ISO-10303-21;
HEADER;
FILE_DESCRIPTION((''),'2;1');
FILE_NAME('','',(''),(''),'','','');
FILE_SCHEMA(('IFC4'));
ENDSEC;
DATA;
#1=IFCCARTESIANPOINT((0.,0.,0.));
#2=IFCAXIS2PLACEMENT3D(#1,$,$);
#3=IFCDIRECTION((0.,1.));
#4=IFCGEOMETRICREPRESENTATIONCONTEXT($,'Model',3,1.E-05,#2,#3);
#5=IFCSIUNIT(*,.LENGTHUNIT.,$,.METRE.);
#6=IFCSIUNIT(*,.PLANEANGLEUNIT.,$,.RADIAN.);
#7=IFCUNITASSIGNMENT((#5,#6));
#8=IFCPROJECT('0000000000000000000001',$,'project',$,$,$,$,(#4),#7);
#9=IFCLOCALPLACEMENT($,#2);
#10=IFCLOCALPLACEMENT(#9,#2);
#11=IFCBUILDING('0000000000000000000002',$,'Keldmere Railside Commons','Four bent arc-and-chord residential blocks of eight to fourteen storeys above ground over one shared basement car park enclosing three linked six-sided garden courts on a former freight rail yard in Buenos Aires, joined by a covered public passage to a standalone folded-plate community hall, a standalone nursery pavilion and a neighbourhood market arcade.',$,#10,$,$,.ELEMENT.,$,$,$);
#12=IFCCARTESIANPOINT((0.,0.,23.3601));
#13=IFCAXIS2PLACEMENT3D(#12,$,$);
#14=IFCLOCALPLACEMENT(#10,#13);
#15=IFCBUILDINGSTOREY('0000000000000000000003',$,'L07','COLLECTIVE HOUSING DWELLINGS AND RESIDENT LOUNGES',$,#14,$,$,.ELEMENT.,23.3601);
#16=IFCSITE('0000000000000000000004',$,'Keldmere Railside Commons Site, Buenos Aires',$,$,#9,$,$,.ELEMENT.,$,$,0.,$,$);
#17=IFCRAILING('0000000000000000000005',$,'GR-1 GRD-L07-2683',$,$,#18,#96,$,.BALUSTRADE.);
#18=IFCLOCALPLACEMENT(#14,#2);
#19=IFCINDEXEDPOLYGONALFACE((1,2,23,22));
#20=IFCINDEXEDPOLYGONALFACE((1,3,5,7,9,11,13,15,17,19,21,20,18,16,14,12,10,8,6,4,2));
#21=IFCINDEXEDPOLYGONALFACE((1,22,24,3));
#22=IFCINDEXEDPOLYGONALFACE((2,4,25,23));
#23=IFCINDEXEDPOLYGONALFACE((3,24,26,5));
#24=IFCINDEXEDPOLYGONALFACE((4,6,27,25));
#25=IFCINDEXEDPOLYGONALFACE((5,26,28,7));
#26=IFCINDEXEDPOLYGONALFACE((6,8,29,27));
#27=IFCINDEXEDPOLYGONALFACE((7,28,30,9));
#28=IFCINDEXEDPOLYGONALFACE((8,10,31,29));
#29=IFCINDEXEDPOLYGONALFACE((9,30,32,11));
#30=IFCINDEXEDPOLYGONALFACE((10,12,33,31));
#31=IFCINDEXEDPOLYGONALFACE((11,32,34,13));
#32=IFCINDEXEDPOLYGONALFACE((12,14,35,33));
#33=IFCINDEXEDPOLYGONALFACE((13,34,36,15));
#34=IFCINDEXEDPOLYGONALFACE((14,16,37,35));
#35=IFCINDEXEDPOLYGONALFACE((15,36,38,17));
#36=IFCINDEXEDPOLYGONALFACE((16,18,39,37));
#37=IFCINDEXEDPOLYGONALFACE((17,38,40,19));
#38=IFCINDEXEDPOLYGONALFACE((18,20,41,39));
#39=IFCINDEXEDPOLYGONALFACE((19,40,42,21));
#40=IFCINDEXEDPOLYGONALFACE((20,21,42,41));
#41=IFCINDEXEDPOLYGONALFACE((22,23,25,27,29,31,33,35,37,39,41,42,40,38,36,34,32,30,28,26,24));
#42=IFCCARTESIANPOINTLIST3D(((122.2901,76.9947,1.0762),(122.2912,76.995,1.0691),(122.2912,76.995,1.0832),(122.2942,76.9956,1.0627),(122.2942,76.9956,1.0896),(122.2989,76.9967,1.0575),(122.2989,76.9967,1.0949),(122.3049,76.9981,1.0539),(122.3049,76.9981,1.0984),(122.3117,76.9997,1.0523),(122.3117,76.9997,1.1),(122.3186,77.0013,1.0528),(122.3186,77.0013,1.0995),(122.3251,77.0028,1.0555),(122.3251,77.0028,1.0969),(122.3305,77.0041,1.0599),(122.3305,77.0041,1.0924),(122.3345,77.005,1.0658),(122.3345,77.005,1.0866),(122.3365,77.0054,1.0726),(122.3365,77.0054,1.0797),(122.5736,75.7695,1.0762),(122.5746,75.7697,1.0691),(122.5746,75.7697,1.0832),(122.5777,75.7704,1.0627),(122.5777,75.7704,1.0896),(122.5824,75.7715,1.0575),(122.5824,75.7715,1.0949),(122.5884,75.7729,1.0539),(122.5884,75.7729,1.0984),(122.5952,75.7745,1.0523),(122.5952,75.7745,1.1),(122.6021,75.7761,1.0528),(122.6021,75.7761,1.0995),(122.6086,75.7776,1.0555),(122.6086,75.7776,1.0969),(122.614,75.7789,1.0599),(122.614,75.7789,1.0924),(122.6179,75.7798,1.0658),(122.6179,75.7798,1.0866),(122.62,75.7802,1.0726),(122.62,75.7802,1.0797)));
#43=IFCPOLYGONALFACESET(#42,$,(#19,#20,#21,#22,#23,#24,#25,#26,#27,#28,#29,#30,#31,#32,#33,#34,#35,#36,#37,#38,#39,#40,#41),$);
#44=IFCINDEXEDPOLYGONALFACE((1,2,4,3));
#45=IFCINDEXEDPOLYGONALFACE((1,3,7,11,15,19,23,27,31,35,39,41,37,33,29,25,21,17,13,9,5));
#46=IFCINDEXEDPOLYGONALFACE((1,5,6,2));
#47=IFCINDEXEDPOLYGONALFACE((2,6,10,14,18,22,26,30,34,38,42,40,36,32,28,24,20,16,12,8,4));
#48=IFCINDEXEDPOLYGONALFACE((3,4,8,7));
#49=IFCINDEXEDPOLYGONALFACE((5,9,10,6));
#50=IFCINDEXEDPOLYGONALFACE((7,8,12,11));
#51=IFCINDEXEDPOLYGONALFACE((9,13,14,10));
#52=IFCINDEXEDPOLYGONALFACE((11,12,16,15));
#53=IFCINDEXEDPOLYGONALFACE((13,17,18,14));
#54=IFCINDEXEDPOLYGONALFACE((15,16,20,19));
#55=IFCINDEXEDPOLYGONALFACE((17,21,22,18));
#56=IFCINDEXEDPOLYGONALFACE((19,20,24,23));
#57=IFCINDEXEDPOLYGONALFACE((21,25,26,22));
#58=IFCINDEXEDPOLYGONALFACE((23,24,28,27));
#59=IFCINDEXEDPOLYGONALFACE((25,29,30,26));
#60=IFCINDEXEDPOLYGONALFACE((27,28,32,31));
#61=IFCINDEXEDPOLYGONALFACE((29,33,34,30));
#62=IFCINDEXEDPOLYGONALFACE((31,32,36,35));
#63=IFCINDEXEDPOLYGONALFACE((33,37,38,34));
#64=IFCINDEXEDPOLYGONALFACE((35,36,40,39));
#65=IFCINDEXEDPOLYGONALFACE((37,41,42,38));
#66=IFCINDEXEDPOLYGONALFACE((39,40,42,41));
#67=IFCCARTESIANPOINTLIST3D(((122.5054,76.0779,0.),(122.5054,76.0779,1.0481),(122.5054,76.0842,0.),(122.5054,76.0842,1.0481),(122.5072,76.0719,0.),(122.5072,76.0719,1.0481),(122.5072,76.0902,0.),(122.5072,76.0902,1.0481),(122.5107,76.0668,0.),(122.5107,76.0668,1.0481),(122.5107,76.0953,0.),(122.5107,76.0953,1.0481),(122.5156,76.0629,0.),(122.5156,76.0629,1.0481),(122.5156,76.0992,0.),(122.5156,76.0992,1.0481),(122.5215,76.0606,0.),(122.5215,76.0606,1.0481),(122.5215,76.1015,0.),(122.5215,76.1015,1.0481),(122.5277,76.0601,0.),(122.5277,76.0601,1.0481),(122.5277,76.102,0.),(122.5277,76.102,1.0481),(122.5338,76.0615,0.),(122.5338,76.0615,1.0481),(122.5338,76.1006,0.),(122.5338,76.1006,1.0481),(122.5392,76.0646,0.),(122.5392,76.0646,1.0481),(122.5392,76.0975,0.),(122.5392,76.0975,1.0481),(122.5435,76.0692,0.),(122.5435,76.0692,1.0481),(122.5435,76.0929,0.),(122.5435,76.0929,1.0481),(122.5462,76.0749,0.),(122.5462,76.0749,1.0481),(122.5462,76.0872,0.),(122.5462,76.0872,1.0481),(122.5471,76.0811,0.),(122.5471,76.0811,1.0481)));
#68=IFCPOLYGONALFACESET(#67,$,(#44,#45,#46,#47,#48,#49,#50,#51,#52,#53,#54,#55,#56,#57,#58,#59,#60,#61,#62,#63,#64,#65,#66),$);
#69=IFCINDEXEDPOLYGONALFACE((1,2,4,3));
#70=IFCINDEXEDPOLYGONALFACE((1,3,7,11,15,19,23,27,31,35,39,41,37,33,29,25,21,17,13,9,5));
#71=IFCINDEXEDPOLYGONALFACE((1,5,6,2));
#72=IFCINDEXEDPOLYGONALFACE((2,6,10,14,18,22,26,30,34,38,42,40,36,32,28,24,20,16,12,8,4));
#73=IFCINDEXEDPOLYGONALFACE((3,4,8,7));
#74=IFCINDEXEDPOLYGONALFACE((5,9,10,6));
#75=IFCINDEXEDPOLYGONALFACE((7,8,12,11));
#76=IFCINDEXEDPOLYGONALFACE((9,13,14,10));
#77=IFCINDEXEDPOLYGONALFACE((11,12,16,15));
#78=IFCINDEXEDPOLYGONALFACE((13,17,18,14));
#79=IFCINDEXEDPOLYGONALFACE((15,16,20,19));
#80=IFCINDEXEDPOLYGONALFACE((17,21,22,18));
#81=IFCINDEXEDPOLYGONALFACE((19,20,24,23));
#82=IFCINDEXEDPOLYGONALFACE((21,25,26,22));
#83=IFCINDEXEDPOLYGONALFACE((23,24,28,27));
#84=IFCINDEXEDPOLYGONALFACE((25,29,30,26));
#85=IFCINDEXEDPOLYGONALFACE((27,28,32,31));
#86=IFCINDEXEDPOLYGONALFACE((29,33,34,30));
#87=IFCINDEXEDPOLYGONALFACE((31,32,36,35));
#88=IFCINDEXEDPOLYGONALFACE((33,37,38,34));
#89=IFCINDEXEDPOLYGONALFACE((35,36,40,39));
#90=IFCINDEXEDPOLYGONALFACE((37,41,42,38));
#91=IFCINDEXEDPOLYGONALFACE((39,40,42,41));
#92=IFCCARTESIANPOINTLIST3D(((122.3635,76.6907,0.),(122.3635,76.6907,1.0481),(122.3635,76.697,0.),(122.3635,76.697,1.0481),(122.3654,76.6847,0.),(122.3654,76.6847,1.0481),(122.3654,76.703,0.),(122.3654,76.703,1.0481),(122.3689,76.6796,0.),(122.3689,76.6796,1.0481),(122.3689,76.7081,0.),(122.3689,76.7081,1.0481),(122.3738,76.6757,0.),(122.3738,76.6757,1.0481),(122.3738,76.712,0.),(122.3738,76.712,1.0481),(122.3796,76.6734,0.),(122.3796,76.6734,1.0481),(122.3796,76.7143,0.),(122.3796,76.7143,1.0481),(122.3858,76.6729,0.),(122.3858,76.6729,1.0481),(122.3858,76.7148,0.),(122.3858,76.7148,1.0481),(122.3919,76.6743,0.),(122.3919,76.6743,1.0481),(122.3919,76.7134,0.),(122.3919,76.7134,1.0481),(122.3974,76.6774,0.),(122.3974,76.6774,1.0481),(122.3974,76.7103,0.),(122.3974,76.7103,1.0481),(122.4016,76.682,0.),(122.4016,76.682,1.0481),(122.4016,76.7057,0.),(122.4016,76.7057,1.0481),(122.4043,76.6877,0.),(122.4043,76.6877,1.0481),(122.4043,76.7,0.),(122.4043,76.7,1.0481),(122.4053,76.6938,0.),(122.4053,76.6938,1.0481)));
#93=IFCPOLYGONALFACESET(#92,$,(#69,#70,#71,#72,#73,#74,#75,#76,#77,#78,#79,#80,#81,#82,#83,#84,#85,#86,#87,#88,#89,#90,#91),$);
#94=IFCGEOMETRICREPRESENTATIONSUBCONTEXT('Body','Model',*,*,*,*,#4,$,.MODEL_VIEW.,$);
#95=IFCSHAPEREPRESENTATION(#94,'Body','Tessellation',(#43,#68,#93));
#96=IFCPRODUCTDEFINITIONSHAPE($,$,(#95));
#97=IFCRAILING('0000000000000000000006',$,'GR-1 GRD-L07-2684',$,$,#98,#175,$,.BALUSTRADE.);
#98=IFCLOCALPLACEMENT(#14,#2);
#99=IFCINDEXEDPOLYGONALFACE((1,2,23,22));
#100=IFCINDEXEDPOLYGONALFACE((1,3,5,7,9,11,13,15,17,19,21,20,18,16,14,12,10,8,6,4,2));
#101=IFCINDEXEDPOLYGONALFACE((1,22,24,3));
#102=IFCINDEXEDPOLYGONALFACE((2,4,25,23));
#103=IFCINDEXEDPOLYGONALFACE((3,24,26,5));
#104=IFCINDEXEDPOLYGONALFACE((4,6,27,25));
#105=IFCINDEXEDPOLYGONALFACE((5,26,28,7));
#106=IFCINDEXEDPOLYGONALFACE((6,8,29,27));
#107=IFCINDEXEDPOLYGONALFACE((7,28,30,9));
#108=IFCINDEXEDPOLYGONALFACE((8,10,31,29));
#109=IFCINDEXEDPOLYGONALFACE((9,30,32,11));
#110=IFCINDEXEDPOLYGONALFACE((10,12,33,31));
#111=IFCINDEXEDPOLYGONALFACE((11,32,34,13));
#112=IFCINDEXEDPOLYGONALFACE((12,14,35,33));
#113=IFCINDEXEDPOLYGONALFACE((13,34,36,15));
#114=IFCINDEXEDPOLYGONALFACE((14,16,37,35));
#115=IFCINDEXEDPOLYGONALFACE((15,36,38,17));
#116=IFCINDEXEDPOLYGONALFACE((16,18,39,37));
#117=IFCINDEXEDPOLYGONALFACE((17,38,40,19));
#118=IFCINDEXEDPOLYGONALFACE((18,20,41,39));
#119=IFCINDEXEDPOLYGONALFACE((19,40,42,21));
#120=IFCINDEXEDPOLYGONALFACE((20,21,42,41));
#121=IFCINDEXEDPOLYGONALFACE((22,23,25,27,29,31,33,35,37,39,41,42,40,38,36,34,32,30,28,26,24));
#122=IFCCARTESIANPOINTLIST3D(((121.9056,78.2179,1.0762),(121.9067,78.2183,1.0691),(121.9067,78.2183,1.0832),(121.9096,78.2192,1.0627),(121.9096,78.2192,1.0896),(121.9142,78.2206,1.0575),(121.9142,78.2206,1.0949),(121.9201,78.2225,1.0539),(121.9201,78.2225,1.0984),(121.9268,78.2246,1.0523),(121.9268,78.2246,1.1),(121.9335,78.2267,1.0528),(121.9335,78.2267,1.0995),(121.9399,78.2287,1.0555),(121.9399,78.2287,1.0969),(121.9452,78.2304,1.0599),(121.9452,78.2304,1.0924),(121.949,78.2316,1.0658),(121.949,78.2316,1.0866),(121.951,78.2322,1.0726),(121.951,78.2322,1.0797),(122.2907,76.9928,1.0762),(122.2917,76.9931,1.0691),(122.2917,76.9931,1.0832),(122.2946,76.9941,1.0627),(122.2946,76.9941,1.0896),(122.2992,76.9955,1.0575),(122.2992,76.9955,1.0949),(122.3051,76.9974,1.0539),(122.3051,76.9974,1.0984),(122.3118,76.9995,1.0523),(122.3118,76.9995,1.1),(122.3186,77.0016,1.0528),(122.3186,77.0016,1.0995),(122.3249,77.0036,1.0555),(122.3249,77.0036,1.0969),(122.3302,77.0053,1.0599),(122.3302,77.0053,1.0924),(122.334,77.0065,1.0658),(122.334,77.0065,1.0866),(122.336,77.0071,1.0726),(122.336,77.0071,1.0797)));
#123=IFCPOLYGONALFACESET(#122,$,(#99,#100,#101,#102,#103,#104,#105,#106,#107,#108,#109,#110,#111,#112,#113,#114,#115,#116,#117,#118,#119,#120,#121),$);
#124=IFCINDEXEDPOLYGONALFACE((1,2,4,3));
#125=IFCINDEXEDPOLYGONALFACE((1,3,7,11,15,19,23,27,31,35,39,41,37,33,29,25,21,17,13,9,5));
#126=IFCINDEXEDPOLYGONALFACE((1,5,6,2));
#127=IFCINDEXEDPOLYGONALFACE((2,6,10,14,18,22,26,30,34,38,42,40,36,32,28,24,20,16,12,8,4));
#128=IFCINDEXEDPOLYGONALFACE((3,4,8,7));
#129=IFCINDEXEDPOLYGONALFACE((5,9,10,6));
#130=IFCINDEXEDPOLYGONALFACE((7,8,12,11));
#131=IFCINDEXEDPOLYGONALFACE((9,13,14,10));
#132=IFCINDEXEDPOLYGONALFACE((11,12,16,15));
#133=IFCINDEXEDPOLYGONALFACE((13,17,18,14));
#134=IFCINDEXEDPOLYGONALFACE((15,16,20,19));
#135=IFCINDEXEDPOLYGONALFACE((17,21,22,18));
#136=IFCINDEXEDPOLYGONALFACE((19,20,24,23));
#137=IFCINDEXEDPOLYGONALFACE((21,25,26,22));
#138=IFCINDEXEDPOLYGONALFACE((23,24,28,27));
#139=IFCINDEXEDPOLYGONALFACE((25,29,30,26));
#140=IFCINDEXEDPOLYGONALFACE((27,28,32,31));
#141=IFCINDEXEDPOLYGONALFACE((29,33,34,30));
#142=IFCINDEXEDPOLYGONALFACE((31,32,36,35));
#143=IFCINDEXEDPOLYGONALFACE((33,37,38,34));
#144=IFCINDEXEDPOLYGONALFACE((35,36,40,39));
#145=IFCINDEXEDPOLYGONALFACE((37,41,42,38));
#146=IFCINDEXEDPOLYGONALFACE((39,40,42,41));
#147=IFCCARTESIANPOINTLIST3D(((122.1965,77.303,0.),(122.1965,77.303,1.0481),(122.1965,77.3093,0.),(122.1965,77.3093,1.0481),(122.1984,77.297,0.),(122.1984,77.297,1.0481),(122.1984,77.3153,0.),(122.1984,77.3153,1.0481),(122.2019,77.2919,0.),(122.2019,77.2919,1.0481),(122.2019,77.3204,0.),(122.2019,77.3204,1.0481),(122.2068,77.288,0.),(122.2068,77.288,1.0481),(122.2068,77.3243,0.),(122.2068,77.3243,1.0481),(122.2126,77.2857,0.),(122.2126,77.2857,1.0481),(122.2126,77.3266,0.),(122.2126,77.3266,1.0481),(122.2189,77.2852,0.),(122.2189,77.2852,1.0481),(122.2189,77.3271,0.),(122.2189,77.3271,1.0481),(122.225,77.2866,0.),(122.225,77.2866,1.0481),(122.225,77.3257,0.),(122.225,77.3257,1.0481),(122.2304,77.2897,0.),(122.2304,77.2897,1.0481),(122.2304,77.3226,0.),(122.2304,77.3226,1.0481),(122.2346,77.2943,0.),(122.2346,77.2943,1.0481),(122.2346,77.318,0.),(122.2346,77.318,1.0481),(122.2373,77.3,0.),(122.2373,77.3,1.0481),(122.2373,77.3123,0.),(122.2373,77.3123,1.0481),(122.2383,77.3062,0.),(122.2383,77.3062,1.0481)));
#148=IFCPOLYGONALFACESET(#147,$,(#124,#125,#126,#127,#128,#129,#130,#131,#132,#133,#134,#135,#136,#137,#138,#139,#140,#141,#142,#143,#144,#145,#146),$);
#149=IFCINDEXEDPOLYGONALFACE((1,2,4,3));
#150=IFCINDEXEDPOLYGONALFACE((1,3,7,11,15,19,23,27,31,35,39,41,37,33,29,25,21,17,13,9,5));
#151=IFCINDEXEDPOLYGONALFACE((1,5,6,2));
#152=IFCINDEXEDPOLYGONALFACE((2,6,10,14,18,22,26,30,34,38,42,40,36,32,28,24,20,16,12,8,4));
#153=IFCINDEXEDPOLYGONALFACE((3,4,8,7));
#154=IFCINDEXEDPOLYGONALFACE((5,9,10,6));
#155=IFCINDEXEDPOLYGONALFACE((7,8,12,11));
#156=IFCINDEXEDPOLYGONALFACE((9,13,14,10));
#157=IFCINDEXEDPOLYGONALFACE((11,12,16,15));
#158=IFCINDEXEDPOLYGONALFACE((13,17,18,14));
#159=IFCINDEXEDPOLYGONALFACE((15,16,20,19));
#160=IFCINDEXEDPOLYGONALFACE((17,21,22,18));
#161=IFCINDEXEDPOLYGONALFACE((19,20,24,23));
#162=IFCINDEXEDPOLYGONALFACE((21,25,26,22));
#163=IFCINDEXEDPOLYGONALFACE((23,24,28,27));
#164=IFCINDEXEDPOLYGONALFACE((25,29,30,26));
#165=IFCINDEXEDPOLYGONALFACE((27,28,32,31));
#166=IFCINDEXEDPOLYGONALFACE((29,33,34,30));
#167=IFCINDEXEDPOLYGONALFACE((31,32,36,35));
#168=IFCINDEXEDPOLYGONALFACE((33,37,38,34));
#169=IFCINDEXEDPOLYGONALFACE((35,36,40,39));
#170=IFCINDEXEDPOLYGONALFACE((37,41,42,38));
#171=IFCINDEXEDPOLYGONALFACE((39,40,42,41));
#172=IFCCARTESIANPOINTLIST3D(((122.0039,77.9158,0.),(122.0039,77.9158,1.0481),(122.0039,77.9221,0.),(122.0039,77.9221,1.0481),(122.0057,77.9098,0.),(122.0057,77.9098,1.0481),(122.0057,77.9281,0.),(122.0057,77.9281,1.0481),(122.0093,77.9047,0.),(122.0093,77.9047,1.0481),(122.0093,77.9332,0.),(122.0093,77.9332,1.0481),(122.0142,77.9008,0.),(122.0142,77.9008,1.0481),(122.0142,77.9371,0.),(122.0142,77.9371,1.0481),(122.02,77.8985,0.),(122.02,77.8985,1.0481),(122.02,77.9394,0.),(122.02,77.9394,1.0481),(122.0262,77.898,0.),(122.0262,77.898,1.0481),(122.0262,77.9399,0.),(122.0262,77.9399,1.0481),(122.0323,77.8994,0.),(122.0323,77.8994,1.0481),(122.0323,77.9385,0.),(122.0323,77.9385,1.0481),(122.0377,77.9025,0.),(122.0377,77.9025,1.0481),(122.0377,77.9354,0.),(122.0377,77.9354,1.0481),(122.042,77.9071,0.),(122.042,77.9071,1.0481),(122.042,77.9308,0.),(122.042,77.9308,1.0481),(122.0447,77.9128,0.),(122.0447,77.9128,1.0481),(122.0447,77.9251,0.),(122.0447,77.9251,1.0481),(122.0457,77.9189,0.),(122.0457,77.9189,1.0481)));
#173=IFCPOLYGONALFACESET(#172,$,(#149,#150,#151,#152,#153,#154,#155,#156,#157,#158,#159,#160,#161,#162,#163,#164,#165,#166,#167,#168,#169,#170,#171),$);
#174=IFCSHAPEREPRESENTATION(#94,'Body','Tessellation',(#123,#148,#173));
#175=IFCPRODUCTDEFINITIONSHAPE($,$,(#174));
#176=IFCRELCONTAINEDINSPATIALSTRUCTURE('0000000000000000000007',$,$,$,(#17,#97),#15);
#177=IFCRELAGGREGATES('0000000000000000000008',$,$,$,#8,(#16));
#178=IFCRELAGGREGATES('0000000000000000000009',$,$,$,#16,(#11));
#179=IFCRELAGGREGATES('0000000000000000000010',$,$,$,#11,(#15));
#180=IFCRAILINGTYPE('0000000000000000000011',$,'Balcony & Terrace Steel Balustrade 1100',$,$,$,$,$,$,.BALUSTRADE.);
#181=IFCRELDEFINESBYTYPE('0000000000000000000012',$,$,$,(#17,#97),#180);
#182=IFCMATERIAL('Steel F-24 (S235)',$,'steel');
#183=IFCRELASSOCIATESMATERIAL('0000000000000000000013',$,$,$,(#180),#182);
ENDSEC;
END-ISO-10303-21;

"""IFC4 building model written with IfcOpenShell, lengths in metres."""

from ifc_helpers import new_model, si_unit, direction, frame, origin, origin_2d, place, context, subcontext, project, spatial, circle, extrude, material, type_object, element, save


model = new_model("IFC4")

# Units and contexts
model_context = context("Model", 3, precision=1e-05, world=origin(), true_north=direction((0.0, 1.0)))
body_context = subcontext(model_context, "Body", "Model", "MODEL_VIEW")
ifc_project = project(units=[si_unit("LENGTHUNIT", "METRE"), si_unit("PLANEANGLEUNIT", "RADIAN")], contexts=[model_context])

# Site, building, storey
site_placement = place(None, origin())
site = spatial("IfcSite", under=ifc_project, at=site_placement, Name="Keldmere Railside Commons Site, Buenos Aires", CompositionType="ELEMENT", RefElevation=0.0)
building_placement = place(site_placement, origin())
building = spatial("IfcBuilding", under=site, at=building_placement, Name="Keldmere Railside Commons", Description="Four bent arc-and-chord residential blocks of eight to fourteen storeys above ground over one shared basement car park enclosing three linked six-sided garden courts on a former freight rail yard in Buenos Aires, joined by a covered public passage to a standalone folded-plate community hall, a standalone nursery pavilion and a neighbourhood market arcade.", CompositionType="ELEMENT")
storey_placement = place(building_placement, frame((0.0, 0.0, 23.3601)))
storey = spatial("IfcBuildingStorey", under=building, at=storey_placement, Name="L07", Description="COLLECTIVE HOUSING DWELLINGS AND RESIDENT LOUNGES", CompositionType="ELEMENT", Elevation=23.3601)

# Railings
ifc_material_1 = material(Name="Steel F-24 (S235)", Category="steel")
railing_type = type_object("IfcRailingType", Name="Balcony & Terrace Steel Balustrade 1100", PredefinedType="BALUSTRADE", material=ifc_material_1)
railing_1_placement = place(storey_placement, frame((122.5969, 75.7749, 0.0)))
element("IfcRailing", 1, at=railing_1_placement, inside=storey, type_object=railing_type, Name="GR-1 GRD-L07-2683", PredefinedType="BALUSTRADE", context=body_context, shape_type="SweptSolid", body=[
    extrude(circle(Radius=0.0239, at=origin_2d()), frame((0.0, 0.0, 1.0762), z_axis=(-0.225412, 0.974263, 0.0), x_axis=(-0.974263, -0.225412, 0.0)), (0.0, 0.0, 1.0), 1.2576),
    extrude(circle(Radius=0.021, at=origin_2d()), frame((-0.0708, 0.3062, 0.0)), (0.0, 0.0, 1.0), 1.0481),
    extrude(circle(Radius=0.021, at=origin_2d()), frame((-0.2126, 0.9189, 0.0)), (0.0, 0.0, 1.0), 1.0481),
])
railing_2_placement = place(storey_placement, frame((122.3135, 77.0, 0.0)))
element("IfcRailing", 2, at=railing_2_placement, inside=storey, type_object=railing_type, Name="GR-1 GRD-L07-2684", PredefinedType="BALUSTRADE", context=body_context, shape_type="SweptSolid", body=[
    extrude(circle(Radius=0.0239, at=origin_2d()), frame((0.0, 0.0, 1.0762), z_axis=(-0.299812, 0.953998, 0.0), x_axis=(-0.953998, -0.299812, 0.0)), (0.0, 0.0, 1.0), 1.2842),
    extrude(circle(Radius=0.021, at=origin_2d()), frame((-0.0962, 0.3062, 0.0)), (0.0, 0.0, 1.0), 1.0481),
    extrude(circle(Radius=0.021, at=origin_2d()), frame((-0.2888, 0.9189, 0.0)), (0.0, 0.0, 1.0), 1.0481),
])

save(model, "model.ifc")
